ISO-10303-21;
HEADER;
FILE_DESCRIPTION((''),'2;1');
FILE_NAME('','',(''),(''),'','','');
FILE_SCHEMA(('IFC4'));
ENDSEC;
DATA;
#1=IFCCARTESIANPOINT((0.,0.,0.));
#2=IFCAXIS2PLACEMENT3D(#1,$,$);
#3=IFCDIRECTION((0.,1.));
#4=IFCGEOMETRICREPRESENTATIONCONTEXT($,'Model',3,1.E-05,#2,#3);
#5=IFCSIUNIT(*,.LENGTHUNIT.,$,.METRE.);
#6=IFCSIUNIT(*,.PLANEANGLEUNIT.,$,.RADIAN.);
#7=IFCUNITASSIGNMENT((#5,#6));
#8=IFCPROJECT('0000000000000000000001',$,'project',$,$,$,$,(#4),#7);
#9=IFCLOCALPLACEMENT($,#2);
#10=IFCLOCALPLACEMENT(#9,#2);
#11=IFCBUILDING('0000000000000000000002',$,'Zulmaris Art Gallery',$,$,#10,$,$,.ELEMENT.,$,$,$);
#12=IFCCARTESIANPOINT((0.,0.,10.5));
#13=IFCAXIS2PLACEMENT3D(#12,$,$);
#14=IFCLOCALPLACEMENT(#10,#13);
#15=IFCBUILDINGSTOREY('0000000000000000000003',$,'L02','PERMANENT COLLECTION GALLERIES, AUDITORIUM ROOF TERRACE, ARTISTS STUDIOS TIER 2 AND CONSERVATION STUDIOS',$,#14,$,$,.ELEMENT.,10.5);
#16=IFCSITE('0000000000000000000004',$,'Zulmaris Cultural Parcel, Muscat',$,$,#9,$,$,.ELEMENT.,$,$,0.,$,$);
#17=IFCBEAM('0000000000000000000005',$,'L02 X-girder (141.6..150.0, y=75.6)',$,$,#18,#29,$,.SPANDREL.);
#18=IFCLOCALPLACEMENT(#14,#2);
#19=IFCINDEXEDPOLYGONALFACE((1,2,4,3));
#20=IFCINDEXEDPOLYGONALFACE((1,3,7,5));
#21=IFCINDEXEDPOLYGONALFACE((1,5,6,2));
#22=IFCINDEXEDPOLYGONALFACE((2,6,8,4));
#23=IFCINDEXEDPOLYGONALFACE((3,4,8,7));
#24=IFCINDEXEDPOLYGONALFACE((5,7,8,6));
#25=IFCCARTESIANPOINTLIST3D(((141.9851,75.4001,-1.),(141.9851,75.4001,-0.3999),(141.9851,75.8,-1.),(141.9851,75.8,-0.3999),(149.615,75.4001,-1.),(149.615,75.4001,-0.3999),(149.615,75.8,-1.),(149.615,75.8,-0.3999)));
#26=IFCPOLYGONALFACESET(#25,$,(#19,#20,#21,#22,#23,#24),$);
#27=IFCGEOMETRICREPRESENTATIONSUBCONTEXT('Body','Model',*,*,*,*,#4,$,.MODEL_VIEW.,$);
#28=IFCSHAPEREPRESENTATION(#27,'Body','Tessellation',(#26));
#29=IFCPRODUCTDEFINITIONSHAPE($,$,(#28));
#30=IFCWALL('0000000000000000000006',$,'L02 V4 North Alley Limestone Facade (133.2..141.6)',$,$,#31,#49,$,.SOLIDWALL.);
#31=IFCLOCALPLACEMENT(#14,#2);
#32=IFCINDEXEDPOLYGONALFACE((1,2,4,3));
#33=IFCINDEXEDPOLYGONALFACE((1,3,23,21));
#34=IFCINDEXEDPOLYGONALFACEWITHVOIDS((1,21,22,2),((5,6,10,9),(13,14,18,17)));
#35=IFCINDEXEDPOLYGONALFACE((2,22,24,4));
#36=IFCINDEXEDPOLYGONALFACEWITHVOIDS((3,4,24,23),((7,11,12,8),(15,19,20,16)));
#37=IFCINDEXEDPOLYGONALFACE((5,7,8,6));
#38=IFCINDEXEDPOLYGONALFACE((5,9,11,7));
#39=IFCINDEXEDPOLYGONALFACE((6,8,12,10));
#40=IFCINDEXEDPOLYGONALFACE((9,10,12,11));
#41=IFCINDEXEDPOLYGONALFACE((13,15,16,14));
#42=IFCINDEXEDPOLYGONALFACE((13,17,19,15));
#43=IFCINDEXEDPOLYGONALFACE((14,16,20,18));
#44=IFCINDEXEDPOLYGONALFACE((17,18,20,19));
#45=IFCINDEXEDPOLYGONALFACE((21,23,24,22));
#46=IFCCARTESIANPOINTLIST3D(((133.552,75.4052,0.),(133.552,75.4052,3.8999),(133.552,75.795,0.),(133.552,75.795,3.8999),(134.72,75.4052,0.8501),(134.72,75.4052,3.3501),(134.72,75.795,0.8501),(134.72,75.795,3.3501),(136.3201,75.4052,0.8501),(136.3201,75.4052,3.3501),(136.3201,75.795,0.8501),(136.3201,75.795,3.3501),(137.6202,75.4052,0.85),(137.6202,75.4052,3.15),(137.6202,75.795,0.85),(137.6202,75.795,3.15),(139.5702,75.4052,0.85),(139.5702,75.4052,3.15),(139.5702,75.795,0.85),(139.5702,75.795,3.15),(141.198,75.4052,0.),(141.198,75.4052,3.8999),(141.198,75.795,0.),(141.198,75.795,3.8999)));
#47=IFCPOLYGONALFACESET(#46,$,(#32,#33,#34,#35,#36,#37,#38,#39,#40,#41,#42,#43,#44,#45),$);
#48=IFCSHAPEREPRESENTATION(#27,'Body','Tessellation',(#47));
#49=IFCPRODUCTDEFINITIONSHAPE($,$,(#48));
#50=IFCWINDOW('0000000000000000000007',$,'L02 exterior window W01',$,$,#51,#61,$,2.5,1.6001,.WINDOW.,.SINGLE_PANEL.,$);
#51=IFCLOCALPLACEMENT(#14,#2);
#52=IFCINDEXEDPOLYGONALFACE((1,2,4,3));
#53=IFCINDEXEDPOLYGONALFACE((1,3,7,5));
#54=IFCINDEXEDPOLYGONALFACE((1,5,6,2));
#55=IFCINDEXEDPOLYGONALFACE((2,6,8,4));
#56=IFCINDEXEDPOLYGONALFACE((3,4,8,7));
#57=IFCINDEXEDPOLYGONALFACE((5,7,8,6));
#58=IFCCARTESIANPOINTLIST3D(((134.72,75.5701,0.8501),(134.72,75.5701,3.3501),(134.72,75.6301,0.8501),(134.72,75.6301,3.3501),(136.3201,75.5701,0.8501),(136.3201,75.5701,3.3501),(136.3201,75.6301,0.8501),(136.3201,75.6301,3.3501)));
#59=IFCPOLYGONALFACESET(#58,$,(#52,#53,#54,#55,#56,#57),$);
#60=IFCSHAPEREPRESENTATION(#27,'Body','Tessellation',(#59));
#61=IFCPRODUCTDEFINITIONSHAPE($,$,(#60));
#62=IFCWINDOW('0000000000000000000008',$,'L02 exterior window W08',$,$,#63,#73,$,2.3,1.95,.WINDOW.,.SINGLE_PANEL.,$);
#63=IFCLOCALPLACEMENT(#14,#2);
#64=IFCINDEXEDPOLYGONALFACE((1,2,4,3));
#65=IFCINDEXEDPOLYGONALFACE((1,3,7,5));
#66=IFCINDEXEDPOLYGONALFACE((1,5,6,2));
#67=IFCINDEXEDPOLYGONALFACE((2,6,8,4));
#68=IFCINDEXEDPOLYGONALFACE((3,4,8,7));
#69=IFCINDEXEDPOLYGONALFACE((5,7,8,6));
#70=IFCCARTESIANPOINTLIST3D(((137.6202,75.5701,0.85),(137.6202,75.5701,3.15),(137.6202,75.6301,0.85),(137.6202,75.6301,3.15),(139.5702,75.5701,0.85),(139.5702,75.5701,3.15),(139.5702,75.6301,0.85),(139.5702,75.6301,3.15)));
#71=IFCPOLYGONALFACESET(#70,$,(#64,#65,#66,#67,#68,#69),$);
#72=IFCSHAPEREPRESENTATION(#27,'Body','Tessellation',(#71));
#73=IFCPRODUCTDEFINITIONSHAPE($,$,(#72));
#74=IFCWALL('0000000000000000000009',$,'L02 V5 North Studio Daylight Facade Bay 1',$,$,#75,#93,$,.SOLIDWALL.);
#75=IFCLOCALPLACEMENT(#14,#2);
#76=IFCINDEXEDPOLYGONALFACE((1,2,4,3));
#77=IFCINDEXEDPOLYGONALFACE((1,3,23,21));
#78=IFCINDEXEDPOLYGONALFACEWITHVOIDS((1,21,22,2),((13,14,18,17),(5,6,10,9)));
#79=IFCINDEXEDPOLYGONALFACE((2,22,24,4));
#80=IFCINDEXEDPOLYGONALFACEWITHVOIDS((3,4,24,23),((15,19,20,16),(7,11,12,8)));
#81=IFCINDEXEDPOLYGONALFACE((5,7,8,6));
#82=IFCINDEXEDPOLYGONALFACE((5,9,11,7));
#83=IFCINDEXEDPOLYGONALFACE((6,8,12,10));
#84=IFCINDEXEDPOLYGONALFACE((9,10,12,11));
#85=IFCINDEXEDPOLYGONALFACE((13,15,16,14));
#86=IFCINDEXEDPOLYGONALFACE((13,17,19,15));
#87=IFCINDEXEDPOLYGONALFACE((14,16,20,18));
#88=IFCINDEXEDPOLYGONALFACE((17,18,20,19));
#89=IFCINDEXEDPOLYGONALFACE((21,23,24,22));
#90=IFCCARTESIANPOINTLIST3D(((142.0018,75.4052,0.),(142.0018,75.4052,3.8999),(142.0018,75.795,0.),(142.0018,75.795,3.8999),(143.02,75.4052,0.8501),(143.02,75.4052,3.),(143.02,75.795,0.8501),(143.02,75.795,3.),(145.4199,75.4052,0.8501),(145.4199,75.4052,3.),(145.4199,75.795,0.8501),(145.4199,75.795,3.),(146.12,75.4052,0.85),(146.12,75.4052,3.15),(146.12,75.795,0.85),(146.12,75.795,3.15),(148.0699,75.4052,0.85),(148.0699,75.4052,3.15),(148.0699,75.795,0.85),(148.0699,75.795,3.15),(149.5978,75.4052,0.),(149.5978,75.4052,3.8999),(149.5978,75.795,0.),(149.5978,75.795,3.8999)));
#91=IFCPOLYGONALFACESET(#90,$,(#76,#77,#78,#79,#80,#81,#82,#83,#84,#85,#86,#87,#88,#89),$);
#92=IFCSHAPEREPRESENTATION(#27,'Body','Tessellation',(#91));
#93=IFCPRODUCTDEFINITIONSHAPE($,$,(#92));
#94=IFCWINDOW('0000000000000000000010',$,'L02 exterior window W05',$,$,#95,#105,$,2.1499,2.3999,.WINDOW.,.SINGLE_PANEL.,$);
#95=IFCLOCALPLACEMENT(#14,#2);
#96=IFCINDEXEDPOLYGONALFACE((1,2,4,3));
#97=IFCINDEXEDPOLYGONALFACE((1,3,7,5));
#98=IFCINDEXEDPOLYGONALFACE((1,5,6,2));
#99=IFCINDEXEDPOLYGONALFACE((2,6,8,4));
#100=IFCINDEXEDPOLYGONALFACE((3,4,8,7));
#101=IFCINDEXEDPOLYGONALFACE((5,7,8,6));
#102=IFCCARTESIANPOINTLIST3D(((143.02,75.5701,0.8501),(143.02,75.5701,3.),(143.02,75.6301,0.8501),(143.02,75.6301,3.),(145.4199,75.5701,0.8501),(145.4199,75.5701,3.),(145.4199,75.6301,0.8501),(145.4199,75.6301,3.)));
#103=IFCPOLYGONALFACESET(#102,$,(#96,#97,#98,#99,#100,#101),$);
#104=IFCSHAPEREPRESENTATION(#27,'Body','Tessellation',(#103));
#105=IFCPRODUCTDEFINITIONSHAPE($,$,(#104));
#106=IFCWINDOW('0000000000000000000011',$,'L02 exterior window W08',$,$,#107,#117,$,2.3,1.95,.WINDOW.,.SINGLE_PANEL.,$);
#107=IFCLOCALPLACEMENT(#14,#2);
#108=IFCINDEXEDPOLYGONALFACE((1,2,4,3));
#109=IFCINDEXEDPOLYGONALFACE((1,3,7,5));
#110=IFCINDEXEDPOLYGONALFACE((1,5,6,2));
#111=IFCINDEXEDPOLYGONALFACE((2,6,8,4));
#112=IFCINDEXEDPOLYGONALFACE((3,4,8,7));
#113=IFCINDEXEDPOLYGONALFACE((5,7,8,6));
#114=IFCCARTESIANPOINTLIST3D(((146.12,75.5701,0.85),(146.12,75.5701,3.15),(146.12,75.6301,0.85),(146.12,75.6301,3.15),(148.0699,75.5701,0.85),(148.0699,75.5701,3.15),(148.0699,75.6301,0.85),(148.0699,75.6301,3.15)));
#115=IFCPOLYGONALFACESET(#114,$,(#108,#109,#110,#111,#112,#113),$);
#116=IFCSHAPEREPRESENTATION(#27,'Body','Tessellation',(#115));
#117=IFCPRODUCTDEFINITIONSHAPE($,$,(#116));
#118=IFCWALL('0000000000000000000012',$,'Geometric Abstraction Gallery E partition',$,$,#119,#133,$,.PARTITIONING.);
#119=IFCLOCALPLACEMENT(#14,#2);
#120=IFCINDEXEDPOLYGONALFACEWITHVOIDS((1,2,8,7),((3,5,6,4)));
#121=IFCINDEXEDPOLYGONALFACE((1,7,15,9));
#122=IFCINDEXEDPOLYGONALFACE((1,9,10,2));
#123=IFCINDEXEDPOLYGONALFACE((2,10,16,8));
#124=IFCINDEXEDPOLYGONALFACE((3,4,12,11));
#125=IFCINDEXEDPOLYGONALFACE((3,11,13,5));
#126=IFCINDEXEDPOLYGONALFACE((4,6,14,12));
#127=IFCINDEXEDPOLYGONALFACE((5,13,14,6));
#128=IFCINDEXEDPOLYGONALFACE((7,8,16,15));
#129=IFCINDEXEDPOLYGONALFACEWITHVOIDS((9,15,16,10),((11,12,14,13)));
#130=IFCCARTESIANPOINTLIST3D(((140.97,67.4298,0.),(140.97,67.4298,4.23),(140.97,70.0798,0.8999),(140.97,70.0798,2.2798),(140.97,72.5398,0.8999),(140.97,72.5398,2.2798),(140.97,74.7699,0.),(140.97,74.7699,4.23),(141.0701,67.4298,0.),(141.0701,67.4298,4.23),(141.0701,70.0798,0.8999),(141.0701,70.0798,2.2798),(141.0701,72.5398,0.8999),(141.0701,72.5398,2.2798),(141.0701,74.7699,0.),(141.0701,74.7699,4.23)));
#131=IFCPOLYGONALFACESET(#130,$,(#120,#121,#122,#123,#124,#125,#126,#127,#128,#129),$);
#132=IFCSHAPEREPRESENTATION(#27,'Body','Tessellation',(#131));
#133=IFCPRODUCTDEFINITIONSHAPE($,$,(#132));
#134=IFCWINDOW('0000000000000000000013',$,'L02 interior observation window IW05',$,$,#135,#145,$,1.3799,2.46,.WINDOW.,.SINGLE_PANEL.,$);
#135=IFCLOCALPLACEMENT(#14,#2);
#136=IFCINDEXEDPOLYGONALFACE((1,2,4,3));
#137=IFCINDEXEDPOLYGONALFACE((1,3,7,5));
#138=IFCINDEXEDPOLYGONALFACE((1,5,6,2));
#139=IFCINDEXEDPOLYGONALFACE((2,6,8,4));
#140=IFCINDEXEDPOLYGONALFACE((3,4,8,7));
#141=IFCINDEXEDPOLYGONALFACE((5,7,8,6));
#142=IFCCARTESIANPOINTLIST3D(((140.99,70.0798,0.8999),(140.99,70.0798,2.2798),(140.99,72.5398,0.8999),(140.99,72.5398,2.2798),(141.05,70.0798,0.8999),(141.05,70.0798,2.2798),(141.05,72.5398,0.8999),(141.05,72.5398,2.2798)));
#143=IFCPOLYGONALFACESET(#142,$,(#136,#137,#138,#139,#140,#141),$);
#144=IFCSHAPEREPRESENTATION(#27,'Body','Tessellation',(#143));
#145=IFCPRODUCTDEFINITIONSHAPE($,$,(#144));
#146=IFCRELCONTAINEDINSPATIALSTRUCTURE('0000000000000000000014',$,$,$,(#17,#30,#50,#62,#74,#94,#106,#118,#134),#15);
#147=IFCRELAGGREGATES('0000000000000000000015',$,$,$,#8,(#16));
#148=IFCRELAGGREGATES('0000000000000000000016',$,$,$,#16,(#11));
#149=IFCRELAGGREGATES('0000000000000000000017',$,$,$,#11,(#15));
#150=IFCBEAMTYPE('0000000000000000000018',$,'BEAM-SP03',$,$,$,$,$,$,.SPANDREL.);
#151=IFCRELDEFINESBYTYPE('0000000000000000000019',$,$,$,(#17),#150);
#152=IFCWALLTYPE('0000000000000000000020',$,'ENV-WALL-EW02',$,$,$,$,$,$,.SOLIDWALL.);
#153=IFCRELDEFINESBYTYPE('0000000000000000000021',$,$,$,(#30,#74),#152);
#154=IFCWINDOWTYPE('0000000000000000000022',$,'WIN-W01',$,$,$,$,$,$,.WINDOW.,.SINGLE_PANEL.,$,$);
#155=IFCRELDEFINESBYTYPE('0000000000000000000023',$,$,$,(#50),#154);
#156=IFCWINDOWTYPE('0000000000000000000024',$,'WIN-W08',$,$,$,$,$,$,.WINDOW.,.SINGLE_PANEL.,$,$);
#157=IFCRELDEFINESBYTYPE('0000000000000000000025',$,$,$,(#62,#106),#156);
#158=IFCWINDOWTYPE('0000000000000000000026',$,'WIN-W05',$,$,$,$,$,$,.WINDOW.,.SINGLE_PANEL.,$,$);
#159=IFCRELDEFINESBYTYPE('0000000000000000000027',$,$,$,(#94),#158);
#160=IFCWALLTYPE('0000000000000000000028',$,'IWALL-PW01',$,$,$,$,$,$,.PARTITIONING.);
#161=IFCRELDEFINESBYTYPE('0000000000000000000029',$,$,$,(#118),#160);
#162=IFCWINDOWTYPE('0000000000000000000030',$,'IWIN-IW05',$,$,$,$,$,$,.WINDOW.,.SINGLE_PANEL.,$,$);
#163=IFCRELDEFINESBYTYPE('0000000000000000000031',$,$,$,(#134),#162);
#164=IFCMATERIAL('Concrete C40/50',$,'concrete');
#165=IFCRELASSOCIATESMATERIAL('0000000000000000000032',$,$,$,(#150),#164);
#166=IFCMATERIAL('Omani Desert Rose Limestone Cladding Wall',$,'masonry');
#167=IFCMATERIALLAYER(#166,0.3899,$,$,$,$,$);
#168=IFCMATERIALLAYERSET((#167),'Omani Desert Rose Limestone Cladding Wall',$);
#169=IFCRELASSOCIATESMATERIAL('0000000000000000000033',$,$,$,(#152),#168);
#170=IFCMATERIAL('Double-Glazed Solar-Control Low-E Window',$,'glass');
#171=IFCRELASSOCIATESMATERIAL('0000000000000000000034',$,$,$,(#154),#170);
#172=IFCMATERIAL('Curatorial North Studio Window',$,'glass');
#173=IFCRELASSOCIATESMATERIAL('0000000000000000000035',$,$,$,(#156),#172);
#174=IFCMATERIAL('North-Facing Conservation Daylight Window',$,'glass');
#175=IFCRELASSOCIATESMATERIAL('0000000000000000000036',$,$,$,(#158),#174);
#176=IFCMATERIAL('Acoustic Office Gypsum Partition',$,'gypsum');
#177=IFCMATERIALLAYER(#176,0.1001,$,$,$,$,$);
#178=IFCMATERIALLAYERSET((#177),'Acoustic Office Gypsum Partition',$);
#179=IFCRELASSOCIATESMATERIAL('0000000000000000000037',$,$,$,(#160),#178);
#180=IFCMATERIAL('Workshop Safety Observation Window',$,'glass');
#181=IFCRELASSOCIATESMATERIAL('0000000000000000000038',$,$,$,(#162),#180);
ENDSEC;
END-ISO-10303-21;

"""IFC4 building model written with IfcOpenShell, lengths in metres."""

from ifc_helpers import new_model, si_unit, direction, frame, frame_2d, origin, origin_2d, place, context, subcontext, project, spatial, rectangle, extrude, material, layer, layer_set, material_profile, profile_set, type_object, element, fill, save


model = new_model("IFC4")

# Units and contexts
model_context = context("Model", 3, precision=1e-05, world=origin(), true_north=direction((0.0, 1.0)))
body_context = subcontext(model_context, "Body", "Model", "MODEL_VIEW")
ifc_project = project(units=[si_unit("LENGTHUNIT", "METRE"), si_unit("PLANEANGLEUNIT", "RADIAN")], contexts=[model_context])

# Site, building, storey
site_placement = place(None, origin())
site = spatial("IfcSite", under=ifc_project, at=site_placement, Name="Zulmaris Cultural Parcel, Muscat", CompositionType="ELEMENT", RefElevation=0.0)
building_placement = place(site_placement, origin())
building = spatial("IfcBuilding", under=site, at=building_placement, Name="Zulmaris Art Gallery", CompositionType="ELEMENT")
storey_placement = place(building_placement, frame((0.0, 0.0, 10.5)))
storey = spatial("IfcBuildingStorey", under=building, at=storey_placement, Name="L02", Description="PERMANENT COLLECTION GALLERIES, AUDITORIUM ROOF TERRACE, ARTISTS STUDIOS TIER 2 AND CONSERVATION STUDIOS", CompositionType="ELEMENT", Elevation=10.5)

# Shared definitions
ifc_material_1 = material(Name="Concrete C40/50", Category="concrete")

# Beam
ifc_material_profile_1 = material_profile(ifc_material_1, rectangle(XDim=0.3999, YDim=0.6001, at=origin_2d()), Name="RC 400x600")
ifc_profile_set_1 = profile_set([ifc_material_profile_1], Name="Concrete C40/50")
beam_type_1 = type_object("IfcBeamType", Name="BEAM-SP03", PredefinedType="SPANDREL", material=ifc_profile_set_1)
beam_1_placement = place(storey_placement, frame((141.9851, 75.6001, -0.7), z_axis=(1.0, 0.0, 0.0), x_axis=(0.0, 1.0, 0.0)))
element("IfcBeam", 1, at=beam_1_placement, inside=storey, type_object=beam_type_1, Name="L02 X-girder (141.6..150.0, y=75.6)", PredefinedType="SPANDREL", context=body_context, shape_type="SweptSolid", body=[
    extrude(rectangle(XDim=0.3999, YDim=0.6001, at=origin_2d()), origin(), (0.0, 0.0, 1.0), 7.6299),
])

# Walls, openings, windows
ifc_material_2 = material(Name="Omani Desert Rose Limestone Cladding Wall", Category="masonry")
ifc_layer_1 = layer(ifc_material_2, 0.3899)
ifc_layer_set_1 = layer_set([ifc_layer_1], Name="Omani Desert Rose Limestone Cladding Wall")
wall_type_1 = type_object("IfcWallType", Name="ENV-WALL-EW02", PredefinedType="SOLIDWALL", material=ifc_layer_set_1)
wall_1_placement = place(storey_placement, frame((133.552, 75.6001, 0.0), z_axis=(0.0, 0.0, 1.0), x_axis=(1.0, 0.0, 0.0)))
wall_1 = element("IfcWall", 2, at=wall_1_placement, inside=storey, type_object=wall_type_1, Name="L02 V4 North Alley Limestone Facade (133.2..141.6)", PredefinedType="SOLIDWALL", context=body_context, shape_type="SweptSolid", body=[
    extrude(rectangle(XDim=7.646, YDim=0.3899, at=frame_2d((3.823, 0.0))), origin(), (0.0, 0.0, 1.0), 3.8999),
])
opening_1_placement = place(wall_1_placement, frame((1.168, 0.0, 0.8501)))
opening_1 = element("IfcOpeningElement", 3, at=opening_1_placement, cuts=wall_1, PredefinedType="OPENING", context=body_context, shape_type="SweptSolid", body=[
    extrude(rectangle(XDim=1.6001, YDim=2.5, at=frame_2d((0.8, 1.25))), frame((0.0, 0.2048, 0.0), z_axis=(0.0, -1.0, 0.0), x_axis=(1.0, 0.0, 0.0)), (0.0, 0.0, 1.0), 0.4099),
])
opening_2_placement = place(wall_1_placement, frame((4.0681, 0.0, 0.8501)))
opening_2 = element("IfcOpeningElement", 4, at=opening_2_placement, cuts=wall_1, PredefinedType="OPENING", context=body_context, shape_type="SweptSolid", body=[
    extrude(rectangle(XDim=1.95, YDim=2.3, at=frame_2d((0.9751, 1.1499))), frame((0.0, 0.2048, 0.0), z_axis=(0.0, -1.0, 0.0), x_axis=(1.0, 0.0, 0.0)), (0.0, 0.0, 1.0), 0.4099),
])
ifc_material_3 = material(Name="Double-Glazed Solar-Control Low-E Window", Category="glass")
window_type_1 = type_object("IfcWindowType", Name="WIN-W01", PartitioningType="SINGLE_PANEL", PredefinedType="WINDOW", material=ifc_material_3)
window_1_placement = place(opening_1_placement, origin())
window_1 = element("IfcWindow", 5, at=window_1_placement, inside=storey, type_object=window_type_1, Name="L02 exterior window W01", OverallHeight=2.5, OverallWidth=1.6001, PartitioningType="SINGLE_PANEL", PredefinedType="WINDOW", context=body_context, shape_type="SweptSolid", body=[
    extrude(rectangle(XDim=1.6001, YDim=2.5, at=frame_2d((0.8, 1.25))), frame((0.0, 0.03, 0.0), z_axis=(0.0, -1.0, 0.0), x_axis=(1.0, 0.0, 0.0)), (0.0, 0.0, 1.0), 0.0601),
])
fill(opening_1, window_1)
ifc_material_4 = material(Name="Curatorial North Studio Window", Category="glass")
window_type_2 = type_object("IfcWindowType", Name="WIN-W08", PartitioningType="SINGLE_PANEL", PredefinedType="WINDOW", material=ifc_material_4)
window_2_placement = place(opening_2_placement, origin())
window_2 = element("IfcWindow", 6, at=window_2_placement, inside=storey, type_object=window_type_2, Name="L02 exterior window W08", OverallHeight=2.3, OverallWidth=1.95, PartitioningType="SINGLE_PANEL", PredefinedType="WINDOW", context=body_context, shape_type="SweptSolid", body=[
    extrude(rectangle(XDim=1.95, YDim=2.3, at=frame_2d((0.9751, 1.1499))), frame((0.0, 0.03, 0.0), z_axis=(0.0, -1.0, 0.0), x_axis=(1.0, 0.0, 0.0)), (0.0, 0.0, 1.0), 0.0601),
])
fill(opening_2, window_2)
wall_2_placement = place(storey_placement, frame((142.002, 75.6001, 0.0), z_axis=(0.0, 0.0, 1.0), x_axis=(1.0, 0.0, 0.0)))
wall_2 = element("IfcWall", 7, at=wall_2_placement, inside=storey, type_object=wall_type_1, Name="L02 V5 North Studio Daylight Facade Bay 1", PredefinedType="SOLIDWALL", context=body_context, shape_type="SweptSolid", body=[
    extrude(rectangle(XDim=7.5959, YDim=0.3899, at=frame_2d((3.7979, 0.0))), origin(), (0.0, 0.0, 1.0), 3.8999),
])
opening_3_placement = place(wall_2_placement, frame((1.0181, 0.0, 0.8501)))
opening_3 = element("IfcOpeningElement", 8, at=opening_3_placement, cuts=wall_2, PredefinedType="OPENING", context=body_context, shape_type="SweptSolid", body=[
    extrude(rectangle(XDim=2.3999, YDim=2.1499, at=frame_2d((1.2, 1.075))), frame((0.0, 0.2048, 0.0), z_axis=(0.0, -1.0, 0.0), x_axis=(1.0, 0.0, 0.0)), (0.0, 0.0, 1.0), 0.4099),
])
opening_4_placement = place(wall_2_placement, frame((4.1179, 0.0, 0.8501)))
opening_4 = element("IfcOpeningElement", 9, at=opening_4_placement, cuts=wall_2, PredefinedType="OPENING", context=body_context, shape_type="SweptSolid", body=[
    extrude(rectangle(XDim=1.95, YDim=2.3, at=frame_2d((0.9751, 1.1499))), frame((0.0, 0.2048, 0.0), z_axis=(0.0, -1.0, 0.0), x_axis=(1.0, 0.0, 0.0)), (0.0, 0.0, 1.0), 0.4099),
])
ifc_material_5 = material(Name="North-Facing Conservation Daylight Window", Category="glass")
window_type_3 = type_object("IfcWindowType", Name="WIN-W05", PartitioningType="SINGLE_PANEL", PredefinedType="WINDOW", material=ifc_material_5)
window_3_placement = place(opening_3_placement, origin())
window_3 = element("IfcWindow", 10, at=window_3_placement, inside=storey, type_object=window_type_3, Name="L02 exterior window W05", OverallHeight=2.1499, OverallWidth=2.3999, PartitioningType="SINGLE_PANEL", PredefinedType="WINDOW", context=body_context, shape_type="SweptSolid", body=[
    extrude(rectangle(XDim=2.3999, YDim=2.1499, at=frame_2d((1.2, 1.075))), frame((0.0, 0.03, 0.0), z_axis=(0.0, -1.0, 0.0), x_axis=(1.0, 0.0, 0.0)), (0.0, 0.0, 1.0), 0.0601),
])
fill(opening_3, window_3)
window_4_placement = place(opening_4_placement, origin())
window_4 = element("IfcWindow", 11, at=window_4_placement, inside=storey, type_object=window_type_2, Name="L02 exterior window W08", OverallHeight=2.3, OverallWidth=1.95, PartitioningType="SINGLE_PANEL", PredefinedType="WINDOW", context=body_context, shape_type="SweptSolid", body=[
    extrude(rectangle(XDim=1.95, YDim=2.3, at=frame_2d((0.9751, 1.1499))), frame((0.0, 0.03, 0.0), z_axis=(0.0, -1.0, 0.0), x_axis=(1.0, 0.0, 0.0)), (0.0, 0.0, 1.0), 0.0601),
])
fill(opening_4, window_4)

# Wall, opening, window
ifc_material_6 = material(Name="Acoustic Office Gypsum Partition", Category="gypsum")
ifc_layer_2 = layer(ifc_material_6, 0.1001)
ifc_layer_set_2 = layer_set([ifc_layer_2], Name="Acoustic Office Gypsum Partition")
wall_type_2 = type_object("IfcWallType", Name="IWALL-PW01", PredefinedType="PARTITIONING", material=ifc_layer_set_2)
wall_3_placement = place(storey_placement, frame((141.02, 67.4299, 0.0), z_axis=(0.0, 0.0, 1.0), x_axis=(0.0, 1.0, 0.0)))
wall_3 = element("IfcWall", 12, at=wall_3_placement, inside=storey, type_object=wall_type_2, Name="Geometric Abstraction Gallery E partition", PredefinedType="PARTITIONING", context=body_context, shape_type="SweptSolid", body=[
    extrude(rectangle(XDim=7.3401, YDim=0.1001, at=frame_2d((3.6699, 0.0))), origin(), (0.0, 0.0, 1.0), 4.23),
])
opening_5_placement = place(wall_3_placement, frame((2.6499, 0.0, 0.8999)))
opening_5 = element("IfcOpeningElement", 13, at=opening_5_placement, cuts=wall_3, PredefinedType="OPENING", context=body_context, shape_type="SweptSolid", body=[
    extrude(rectangle(XDim=2.46, YDim=1.3799, at=frame_2d((1.23, 0.6899))), frame((0.0, 0.0601, 0.0), z_axis=(0.0, -1.0, 0.0), x_axis=(1.0, 0.0, 0.0)), (0.0, 0.0, 1.0), 0.1201),
])
ifc_material_7 = material(Name="Workshop Safety Observation Window", Category="glass")
window_type_4 = type_object("IfcWindowType", Name="IWIN-IW05", PartitioningType="SINGLE_PANEL", PredefinedType="WINDOW", material=ifc_material_7)
window_5_placement = place(opening_5_placement, origin())
window_5 = element("IfcWindow", 14, at=window_5_placement, inside=storey, type_object=window_type_4, Name="L02 interior observation window IW05", OverallHeight=1.3799, OverallWidth=2.46, PartitioningType="SINGLE_PANEL", PredefinedType="WINDOW", context=body_context, shape_type="SweptSolid", body=[
    extrude(rectangle(XDim=2.46, YDim=1.3799, at=frame_2d((1.23, 0.6899))), frame((0.0, 0.03, 0.0), z_axis=(0.0, -1.0, 0.0), x_axis=(1.0, 0.0, 0.0)), (0.0, 0.0, 1.0), 0.0601),
])
fill(opening_5, window_5)

save(model, "model.ifc")
